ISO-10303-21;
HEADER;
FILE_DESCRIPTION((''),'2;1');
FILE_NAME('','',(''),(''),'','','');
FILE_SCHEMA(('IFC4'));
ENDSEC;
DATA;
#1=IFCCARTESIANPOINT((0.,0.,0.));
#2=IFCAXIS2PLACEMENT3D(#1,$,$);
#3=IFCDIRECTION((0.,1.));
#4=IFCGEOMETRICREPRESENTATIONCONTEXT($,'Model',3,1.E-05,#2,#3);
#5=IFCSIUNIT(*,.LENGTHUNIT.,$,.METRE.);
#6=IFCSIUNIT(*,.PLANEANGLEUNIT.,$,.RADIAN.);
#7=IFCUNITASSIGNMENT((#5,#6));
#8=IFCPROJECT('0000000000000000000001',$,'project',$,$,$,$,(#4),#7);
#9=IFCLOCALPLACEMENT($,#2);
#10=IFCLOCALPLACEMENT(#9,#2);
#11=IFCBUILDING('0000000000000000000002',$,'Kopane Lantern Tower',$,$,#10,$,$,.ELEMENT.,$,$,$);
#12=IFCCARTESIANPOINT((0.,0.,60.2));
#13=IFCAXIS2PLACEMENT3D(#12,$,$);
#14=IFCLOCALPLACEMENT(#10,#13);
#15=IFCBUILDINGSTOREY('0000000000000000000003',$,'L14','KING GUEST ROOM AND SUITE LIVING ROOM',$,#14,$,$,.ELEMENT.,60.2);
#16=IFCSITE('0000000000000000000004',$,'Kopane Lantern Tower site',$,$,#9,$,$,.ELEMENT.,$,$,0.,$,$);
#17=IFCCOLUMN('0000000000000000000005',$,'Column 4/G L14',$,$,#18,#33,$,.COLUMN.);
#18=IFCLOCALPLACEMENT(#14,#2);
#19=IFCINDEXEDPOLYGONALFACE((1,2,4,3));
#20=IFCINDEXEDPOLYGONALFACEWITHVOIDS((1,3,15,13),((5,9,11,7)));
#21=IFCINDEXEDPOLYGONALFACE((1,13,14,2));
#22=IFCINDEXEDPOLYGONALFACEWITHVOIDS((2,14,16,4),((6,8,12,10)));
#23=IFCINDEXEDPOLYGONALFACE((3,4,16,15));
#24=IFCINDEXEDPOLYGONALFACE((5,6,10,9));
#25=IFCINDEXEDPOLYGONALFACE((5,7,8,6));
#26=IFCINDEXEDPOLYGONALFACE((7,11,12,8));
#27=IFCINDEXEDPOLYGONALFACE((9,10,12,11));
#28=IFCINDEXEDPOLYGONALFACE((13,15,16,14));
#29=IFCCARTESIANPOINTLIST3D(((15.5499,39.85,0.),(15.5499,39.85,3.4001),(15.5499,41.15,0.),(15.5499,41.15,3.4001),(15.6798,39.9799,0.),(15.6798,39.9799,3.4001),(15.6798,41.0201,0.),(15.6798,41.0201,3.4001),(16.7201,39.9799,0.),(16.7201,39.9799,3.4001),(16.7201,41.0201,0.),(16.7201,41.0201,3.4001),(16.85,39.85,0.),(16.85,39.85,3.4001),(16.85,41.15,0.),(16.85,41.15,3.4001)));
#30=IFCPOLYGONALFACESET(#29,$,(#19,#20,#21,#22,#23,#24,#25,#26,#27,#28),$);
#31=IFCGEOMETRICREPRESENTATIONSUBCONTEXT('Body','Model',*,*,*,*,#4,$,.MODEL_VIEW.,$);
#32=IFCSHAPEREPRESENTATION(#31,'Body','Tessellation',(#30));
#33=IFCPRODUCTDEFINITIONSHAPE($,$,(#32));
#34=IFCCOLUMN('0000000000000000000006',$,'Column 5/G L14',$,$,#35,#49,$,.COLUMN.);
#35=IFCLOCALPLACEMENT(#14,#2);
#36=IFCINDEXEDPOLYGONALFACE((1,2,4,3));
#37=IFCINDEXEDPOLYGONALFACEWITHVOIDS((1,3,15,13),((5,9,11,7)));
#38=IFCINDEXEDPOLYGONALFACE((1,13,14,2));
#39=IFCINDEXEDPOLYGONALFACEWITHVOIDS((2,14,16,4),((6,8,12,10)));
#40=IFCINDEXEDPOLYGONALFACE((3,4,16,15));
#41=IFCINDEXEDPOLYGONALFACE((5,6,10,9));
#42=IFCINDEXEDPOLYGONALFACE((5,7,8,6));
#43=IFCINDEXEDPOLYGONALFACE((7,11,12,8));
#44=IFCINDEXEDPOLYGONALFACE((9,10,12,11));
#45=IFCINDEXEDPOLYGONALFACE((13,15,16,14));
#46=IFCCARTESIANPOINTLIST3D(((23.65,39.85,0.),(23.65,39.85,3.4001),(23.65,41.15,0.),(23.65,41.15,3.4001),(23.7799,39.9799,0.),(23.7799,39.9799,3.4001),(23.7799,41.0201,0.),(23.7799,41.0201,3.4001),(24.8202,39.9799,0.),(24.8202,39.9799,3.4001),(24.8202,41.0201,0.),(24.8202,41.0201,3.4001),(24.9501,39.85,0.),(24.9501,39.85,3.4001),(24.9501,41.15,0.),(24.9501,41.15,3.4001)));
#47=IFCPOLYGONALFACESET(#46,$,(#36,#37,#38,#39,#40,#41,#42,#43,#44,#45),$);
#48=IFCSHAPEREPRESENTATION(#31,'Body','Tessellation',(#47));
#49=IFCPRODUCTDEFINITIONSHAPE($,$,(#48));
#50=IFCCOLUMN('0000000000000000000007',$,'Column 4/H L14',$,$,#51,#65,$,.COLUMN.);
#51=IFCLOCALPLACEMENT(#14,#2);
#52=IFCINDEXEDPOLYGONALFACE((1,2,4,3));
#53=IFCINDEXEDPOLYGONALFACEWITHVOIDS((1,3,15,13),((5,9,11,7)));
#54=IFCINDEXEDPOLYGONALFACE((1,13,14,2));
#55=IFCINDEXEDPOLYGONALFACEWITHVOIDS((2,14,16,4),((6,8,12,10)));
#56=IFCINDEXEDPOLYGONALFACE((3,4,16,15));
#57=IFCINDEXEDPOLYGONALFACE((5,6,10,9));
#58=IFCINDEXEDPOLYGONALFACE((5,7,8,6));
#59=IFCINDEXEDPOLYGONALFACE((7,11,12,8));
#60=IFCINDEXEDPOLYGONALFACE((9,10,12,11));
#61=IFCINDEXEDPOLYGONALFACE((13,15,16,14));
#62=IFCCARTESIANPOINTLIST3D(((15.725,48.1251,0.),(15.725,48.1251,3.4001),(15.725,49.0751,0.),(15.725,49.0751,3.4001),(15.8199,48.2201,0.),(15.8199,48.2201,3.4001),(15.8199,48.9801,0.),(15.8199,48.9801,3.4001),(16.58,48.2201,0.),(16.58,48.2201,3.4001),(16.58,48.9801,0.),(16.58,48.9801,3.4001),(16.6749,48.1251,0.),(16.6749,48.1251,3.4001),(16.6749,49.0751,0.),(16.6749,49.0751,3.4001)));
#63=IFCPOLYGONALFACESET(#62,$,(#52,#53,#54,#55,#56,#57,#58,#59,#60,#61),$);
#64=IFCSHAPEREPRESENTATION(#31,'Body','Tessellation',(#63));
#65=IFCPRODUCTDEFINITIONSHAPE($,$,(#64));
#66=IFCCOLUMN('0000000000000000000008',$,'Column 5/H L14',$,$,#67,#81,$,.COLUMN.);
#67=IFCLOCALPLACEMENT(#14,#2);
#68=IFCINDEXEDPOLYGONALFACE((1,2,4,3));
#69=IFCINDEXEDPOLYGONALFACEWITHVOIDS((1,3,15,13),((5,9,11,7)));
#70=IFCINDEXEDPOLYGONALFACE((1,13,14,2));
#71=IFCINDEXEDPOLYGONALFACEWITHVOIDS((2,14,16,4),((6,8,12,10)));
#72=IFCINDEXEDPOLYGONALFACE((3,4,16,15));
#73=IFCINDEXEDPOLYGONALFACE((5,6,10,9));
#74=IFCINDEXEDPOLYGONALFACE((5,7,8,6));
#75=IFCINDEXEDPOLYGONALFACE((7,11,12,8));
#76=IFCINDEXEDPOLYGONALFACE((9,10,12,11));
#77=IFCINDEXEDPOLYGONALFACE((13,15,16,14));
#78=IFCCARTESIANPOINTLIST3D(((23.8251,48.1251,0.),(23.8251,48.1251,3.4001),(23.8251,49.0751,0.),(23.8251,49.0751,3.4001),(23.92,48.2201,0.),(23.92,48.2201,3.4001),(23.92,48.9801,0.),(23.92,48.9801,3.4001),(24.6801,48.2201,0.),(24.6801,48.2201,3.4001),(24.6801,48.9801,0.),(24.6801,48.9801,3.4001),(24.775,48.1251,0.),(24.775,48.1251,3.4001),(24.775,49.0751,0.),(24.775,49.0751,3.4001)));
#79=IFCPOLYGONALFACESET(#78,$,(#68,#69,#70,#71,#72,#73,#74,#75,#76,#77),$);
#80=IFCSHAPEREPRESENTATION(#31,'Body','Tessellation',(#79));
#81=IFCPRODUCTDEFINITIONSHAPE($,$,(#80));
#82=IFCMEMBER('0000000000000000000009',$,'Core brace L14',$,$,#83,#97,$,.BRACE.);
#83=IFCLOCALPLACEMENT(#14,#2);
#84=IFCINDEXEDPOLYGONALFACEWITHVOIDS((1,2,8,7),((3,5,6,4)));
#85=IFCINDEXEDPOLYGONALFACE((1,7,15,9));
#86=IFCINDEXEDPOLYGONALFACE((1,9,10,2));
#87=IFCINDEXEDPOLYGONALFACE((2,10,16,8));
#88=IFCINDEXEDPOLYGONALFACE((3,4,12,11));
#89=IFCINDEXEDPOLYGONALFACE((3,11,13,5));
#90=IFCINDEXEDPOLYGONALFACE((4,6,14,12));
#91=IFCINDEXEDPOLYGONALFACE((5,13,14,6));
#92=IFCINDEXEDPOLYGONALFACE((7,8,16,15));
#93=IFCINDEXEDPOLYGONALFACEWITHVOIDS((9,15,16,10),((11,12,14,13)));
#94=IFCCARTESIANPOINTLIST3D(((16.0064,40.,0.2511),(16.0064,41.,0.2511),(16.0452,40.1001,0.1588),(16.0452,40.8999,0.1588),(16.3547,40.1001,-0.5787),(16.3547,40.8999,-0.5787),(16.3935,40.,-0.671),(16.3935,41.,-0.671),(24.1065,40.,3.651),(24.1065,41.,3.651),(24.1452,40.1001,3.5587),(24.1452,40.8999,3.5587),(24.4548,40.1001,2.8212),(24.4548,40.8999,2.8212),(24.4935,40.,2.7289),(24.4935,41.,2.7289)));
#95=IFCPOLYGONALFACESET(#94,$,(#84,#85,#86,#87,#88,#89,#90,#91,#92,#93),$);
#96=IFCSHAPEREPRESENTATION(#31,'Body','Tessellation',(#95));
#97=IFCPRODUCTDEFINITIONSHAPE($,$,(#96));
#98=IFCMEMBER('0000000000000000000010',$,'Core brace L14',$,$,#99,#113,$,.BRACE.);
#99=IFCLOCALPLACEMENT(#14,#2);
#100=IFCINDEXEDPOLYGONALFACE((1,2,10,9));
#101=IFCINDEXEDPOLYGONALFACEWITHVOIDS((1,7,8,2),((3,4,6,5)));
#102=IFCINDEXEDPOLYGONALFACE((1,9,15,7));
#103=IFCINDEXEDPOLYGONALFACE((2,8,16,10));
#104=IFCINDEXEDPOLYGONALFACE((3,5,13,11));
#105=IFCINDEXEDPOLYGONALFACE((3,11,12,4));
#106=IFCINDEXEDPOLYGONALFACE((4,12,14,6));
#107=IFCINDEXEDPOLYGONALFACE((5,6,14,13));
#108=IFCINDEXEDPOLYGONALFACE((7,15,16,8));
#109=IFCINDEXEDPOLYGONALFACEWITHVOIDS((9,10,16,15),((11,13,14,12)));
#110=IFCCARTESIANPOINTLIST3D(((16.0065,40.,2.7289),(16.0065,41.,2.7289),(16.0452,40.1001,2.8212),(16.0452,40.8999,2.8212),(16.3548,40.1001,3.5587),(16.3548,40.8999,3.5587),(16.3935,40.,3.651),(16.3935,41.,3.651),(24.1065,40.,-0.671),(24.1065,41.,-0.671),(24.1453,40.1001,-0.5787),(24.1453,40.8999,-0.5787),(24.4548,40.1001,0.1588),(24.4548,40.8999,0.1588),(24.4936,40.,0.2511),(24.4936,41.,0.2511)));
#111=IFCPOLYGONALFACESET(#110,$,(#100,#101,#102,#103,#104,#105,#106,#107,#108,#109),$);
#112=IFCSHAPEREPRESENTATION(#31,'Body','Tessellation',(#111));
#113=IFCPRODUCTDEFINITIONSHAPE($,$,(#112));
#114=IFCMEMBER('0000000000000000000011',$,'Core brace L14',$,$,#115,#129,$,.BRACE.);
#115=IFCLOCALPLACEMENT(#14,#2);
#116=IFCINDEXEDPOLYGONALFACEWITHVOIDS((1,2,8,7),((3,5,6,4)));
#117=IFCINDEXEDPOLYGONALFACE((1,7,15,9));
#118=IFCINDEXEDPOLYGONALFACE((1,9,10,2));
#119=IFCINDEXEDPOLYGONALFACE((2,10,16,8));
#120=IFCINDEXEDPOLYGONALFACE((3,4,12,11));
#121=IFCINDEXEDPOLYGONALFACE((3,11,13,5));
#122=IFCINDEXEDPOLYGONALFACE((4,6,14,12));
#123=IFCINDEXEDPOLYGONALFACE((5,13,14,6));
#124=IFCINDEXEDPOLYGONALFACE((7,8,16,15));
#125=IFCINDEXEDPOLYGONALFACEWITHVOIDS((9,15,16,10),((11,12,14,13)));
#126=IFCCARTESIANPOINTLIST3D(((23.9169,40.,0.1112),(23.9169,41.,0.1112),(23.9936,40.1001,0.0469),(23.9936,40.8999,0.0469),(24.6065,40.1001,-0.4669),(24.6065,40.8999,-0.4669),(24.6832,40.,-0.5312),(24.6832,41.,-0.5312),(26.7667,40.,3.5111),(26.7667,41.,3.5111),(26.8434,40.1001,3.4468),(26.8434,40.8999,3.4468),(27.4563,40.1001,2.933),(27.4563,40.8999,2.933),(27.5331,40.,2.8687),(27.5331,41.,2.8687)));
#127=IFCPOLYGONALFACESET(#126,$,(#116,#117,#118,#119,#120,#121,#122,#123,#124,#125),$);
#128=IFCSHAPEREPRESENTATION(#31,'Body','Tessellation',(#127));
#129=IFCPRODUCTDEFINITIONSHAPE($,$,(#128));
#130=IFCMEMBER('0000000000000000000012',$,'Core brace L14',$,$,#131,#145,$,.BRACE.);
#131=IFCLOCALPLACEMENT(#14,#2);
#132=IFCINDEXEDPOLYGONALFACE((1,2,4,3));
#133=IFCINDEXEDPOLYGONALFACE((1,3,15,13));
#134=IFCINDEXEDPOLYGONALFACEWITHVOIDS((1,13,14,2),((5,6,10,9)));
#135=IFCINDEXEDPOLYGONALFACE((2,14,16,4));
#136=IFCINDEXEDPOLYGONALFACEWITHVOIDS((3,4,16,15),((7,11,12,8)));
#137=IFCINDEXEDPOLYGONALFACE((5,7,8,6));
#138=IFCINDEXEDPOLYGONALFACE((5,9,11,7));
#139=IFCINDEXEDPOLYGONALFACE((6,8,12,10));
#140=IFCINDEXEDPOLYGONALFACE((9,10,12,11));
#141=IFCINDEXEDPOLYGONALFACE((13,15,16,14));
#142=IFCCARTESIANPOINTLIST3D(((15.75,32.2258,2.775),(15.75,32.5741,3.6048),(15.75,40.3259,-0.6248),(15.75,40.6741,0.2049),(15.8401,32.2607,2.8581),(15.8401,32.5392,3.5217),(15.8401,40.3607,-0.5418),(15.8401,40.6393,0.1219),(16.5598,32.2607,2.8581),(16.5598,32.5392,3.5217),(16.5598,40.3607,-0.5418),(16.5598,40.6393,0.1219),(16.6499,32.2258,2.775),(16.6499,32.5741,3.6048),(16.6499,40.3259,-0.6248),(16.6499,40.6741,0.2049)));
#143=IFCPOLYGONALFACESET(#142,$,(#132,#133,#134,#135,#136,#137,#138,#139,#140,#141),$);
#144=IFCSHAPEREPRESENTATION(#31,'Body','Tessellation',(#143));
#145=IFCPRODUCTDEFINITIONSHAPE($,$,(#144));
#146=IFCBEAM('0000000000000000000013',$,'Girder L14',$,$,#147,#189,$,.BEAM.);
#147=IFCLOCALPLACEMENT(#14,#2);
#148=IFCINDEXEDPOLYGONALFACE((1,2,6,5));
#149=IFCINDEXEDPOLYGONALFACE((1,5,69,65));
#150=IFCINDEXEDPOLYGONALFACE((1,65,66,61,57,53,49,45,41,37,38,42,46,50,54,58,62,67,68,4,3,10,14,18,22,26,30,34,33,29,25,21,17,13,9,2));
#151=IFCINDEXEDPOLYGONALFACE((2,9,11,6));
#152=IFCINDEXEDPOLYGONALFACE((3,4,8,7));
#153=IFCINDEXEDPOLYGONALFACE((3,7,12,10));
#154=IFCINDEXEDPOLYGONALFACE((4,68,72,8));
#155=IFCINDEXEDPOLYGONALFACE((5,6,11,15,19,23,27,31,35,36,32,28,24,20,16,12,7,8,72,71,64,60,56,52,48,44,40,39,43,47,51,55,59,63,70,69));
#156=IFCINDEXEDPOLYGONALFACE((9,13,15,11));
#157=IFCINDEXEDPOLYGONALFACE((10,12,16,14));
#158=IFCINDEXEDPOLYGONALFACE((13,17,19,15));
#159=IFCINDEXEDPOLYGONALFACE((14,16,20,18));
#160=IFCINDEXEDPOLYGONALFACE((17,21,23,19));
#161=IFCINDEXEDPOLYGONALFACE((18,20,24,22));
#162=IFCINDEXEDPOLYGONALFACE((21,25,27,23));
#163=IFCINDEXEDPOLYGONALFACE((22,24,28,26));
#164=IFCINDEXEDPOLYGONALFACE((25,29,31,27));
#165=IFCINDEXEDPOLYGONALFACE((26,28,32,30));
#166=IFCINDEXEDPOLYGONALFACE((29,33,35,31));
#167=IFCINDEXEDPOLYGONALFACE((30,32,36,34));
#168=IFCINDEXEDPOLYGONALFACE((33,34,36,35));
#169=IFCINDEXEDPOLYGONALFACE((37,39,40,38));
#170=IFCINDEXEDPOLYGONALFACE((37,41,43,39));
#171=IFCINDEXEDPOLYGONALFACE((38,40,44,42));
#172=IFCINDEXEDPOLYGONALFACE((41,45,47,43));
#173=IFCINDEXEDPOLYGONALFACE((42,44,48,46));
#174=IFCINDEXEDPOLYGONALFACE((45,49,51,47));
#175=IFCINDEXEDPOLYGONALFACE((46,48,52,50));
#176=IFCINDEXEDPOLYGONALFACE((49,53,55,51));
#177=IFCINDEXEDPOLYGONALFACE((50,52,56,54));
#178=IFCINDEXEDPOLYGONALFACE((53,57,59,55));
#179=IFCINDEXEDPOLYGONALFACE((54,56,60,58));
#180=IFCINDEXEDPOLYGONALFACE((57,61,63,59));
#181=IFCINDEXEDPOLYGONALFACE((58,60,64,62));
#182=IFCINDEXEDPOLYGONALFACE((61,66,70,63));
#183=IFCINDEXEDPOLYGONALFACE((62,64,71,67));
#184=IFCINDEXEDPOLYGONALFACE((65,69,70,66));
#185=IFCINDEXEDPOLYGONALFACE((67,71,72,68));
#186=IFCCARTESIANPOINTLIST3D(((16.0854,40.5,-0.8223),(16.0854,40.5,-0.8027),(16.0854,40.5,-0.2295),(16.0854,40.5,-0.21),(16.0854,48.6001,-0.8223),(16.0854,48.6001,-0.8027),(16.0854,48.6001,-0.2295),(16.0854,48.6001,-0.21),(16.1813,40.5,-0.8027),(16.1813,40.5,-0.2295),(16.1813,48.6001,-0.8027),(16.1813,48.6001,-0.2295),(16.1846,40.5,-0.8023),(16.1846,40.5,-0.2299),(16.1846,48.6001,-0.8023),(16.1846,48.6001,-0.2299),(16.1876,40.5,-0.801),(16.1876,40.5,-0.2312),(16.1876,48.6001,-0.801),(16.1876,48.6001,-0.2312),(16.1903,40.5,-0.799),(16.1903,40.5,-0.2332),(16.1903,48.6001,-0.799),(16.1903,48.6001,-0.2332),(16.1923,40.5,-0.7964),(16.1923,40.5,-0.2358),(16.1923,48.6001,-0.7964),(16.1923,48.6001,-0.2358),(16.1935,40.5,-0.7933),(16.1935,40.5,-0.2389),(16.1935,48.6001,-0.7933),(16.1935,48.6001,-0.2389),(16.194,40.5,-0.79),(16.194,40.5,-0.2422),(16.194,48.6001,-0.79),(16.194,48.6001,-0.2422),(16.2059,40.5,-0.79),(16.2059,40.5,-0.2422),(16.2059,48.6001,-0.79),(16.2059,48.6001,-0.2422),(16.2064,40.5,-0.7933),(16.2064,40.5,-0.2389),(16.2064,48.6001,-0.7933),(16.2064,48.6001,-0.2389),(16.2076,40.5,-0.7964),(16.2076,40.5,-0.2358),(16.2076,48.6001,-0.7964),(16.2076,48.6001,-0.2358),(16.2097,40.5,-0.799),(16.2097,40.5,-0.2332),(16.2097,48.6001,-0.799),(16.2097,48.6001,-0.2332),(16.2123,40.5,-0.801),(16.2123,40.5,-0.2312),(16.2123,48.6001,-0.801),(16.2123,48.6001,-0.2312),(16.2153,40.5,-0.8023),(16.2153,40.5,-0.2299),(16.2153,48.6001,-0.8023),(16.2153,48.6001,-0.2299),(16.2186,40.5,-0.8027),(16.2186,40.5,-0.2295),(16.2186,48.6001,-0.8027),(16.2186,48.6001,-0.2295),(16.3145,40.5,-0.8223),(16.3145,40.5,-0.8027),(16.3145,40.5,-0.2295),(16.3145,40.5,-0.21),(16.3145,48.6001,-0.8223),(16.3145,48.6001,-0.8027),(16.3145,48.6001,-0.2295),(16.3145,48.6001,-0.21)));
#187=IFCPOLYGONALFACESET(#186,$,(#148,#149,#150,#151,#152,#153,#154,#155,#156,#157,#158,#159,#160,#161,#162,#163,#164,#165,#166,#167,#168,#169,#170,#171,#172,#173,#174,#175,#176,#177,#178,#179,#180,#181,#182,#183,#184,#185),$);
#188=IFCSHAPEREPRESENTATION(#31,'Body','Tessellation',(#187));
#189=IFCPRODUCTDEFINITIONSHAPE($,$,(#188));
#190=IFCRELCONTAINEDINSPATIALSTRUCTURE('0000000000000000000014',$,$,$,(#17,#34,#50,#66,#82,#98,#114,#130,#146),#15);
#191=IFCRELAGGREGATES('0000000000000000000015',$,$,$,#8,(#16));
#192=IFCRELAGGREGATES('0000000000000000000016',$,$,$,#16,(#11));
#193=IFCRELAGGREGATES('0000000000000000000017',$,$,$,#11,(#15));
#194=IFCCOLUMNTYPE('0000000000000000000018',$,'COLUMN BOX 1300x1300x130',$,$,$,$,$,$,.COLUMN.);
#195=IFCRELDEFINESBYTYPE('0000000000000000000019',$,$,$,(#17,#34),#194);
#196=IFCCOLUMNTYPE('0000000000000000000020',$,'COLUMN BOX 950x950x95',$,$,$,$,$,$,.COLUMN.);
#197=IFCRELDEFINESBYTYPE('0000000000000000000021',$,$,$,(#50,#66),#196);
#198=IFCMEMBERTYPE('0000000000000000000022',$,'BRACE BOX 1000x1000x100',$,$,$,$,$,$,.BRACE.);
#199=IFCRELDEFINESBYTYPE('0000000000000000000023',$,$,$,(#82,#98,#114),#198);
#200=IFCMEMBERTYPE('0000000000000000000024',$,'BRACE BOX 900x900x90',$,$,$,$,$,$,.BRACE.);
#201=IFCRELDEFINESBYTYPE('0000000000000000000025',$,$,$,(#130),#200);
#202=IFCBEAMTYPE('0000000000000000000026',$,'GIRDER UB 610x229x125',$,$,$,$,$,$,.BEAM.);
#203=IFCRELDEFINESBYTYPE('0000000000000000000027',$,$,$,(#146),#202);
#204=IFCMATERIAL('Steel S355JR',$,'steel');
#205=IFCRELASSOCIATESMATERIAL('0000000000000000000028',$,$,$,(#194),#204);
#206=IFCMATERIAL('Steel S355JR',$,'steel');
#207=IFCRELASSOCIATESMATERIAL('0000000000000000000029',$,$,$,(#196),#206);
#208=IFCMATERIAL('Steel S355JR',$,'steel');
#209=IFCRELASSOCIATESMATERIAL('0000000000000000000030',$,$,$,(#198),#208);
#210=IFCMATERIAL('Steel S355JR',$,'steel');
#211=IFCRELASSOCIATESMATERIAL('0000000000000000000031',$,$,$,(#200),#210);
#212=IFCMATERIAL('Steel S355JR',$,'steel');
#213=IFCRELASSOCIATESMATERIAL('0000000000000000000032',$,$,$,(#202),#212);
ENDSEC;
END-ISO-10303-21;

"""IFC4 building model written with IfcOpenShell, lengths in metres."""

from ifc_helpers import new_model, si_unit, direction, frame, origin, origin_2d, place, context, subcontext, project, spatial, hollow_rectangle, i_section, extrude, material, material_profile, profile_set, type_object, element, save


model = new_model("IFC4")

# Units and contexts
model_context = context("Model", 3, precision=1e-05, world=origin(), true_north=direction((0.0, 1.0)))
body_context = subcontext(model_context, "Body", "Model", "MODEL_VIEW")
ifc_project = project(units=[si_unit("LENGTHUNIT", "METRE"), si_unit("PLANEANGLEUNIT", "RADIAN")], contexts=[model_context])

# Site, building, storey
site_placement = place(None, origin())
site = spatial("IfcSite", under=ifc_project, at=site_placement, Name="Kopane Lantern Tower site", CompositionType="ELEMENT", RefElevation=0.0)
building_placement = place(site_placement, origin())
building = spatial("IfcBuilding", under=site, at=building_placement, Name="Kopane Lantern Tower", CompositionType="ELEMENT")
storey_placement = place(building_placement, frame((0.0, 0.0, 60.2)))
storey = spatial("IfcBuildingStorey", under=building, at=storey_placement, Name="L14", Description="KING GUEST ROOM AND SUITE LIVING ROOM", CompositionType="ELEMENT", Elevation=60.2)

# Columns
ifc_material_1 = material(Name="Steel S355JR", Category="steel")
ifc_material_profile_1 = material_profile(ifc_material_1, hollow_rectangle(XDim=1.3, YDim=1.3, WallThickness=0.1299, at=origin_2d()), Name="BOX 1300x1300x130")
ifc_profile_set_1 = profile_set([ifc_material_profile_1], Name="Steel S355JR")
column_type_1 = type_object("IfcColumnType", Name="COLUMN BOX 1300x1300x130", PredefinedType="COLUMN", material=ifc_profile_set_1)
for number, where, z_axis, x_axis, name in (
    (1, (16.2, 40.5, 0.0), (0.0, 0.0, 1.0), (1.0, 0.0, 0.0), "Column 4/G L14"),
    (2, (24.3, 40.5, 0.0), (0.0, 0.0, 1.0), (1.0, 0.0, 0.0), "Column 5/G L14"),
):
    element("IfcColumn", number, at=place(storey_placement, frame(where, z_axis=z_axis, x_axis=x_axis)), inside=storey, type_object=column_type_1, Name=name, PredefinedType="COLUMN", context=body_context, shape_type="SweptSolid", body=[
        extrude(hollow_rectangle(XDim=1.3, YDim=1.3, WallThickness=0.1299, at=origin_2d()), origin(), (0.0, 0.0, 1.0), 3.4001),
    ])
ifc_material_2 = material(Name="Steel S355JR", Category="steel")
ifc_material_profile_2 = material_profile(ifc_material_2, hollow_rectangle(XDim=0.95, YDim=0.95, WallThickness=0.095, at=origin_2d()), Name="BOX 950x950x95")
ifc_profile_set_2 = profile_set([ifc_material_profile_2], Name="Steel S355JR")
column_type_2 = type_object("IfcColumnType", Name="COLUMN BOX 950x950x95", PredefinedType="COLUMN", material=ifc_profile_set_2)
for number, where, z_axis, x_axis, name in (
    (3, (16.2, 48.6001, 0.0), (0.0, 0.0, 1.0), (1.0, 0.0, 0.0), "Column 4/H L14"),
    (4, (24.3, 48.6001, 0.0), (0.0, 0.0, 1.0), (1.0, 0.0, 0.0), "Column 5/H L14"),
):
    element("IfcColumn", number, at=place(storey_placement, frame(where, z_axis=z_axis, x_axis=x_axis)), inside=storey, type_object=column_type_2, Name=name, PredefinedType="COLUMN", context=body_context, shape_type="SweptSolid", body=[
        extrude(hollow_rectangle(XDim=0.95, YDim=0.95, WallThickness=0.095, at=origin_2d()), origin(), (0.0, 0.0, 1.0), 3.4001),
    ])

# Members
ifc_material_3 = material(Name="Steel S355JR", Category="steel")
ifc_material_profile_3 = material_profile(ifc_material_3, hollow_rectangle(XDim=1.0, YDim=1.0, WallThickness=0.1001, at=origin_2d()), Name="BOX 1000x1000x100")
ifc_profile_set_3 = profile_set([ifc_material_profile_3], Name="Steel S355JR")
member_type_1 = type_object("IfcMemberType", Name="BRACE BOX 1000x1000x100", PredefinedType="BRACE", material=ifc_profile_set_3)
for number, where, z_axis, x_axis, name in (
    (5, (16.2, 40.5, -0.21), (0.922069, 0.0, 0.387026), (0.0, 1.0, 0.0), "Core brace L14"),
    (6, (24.3, 40.5, -0.21), (-0.922069, 0.0, 0.387026), (0.0, -1.0, 0.0), "Core brace L14"),
):
    element("IfcMember", number, at=place(storey_placement, frame(where, z_axis=z_axis, x_axis=x_axis)), inside=storey, type_object=member_type_1, Name=name, PredefinedType="BRACE", context=body_context, shape_type="SweptSolid", body=[
        extrude(hollow_rectangle(XDim=1.0, YDim=1.0, WallThickness=0.1001, at=origin_2d()), origin(), (0.0, 0.0, 1.0), 8.7847),
    ])
member_1_placement = place(storey_placement, frame((24.3, 40.5, -0.21), z_axis=(0.64239, 0.0, 0.766378), x_axis=(0.0, 1.0, 0.0)))
element("IfcMember", 7, at=member_1_placement, inside=storey, type_object=member_type_1, Name="Core brace L14", PredefinedType="BRACE", context=body_context, shape_type="SweptSolid", body=[
    extrude(hollow_rectangle(XDim=1.0, YDim=1.0, WallThickness=0.1001, at=origin_2d()), origin(), (0.0, 0.0, 1.0), 4.4363),
])
ifc_material_4 = material(Name="Steel S355JR", Category="steel")
ifc_material_profile_4 = material_profile(ifc_material_4, hollow_rectangle(XDim=0.8999, YDim=0.8999, WallThickness=0.0901, at=origin_2d()), Name="BOX 900x900x90")
ifc_profile_set_4 = profile_set([ifc_material_profile_4], Name="Steel S355JR")
member_type_2 = type_object("IfcMemberType", Name="BRACE BOX 900x900x90", PredefinedType="BRACE", material=ifc_profile_set_4)
member_2_placement = place(storey_placement, frame((16.2, 40.5, -0.21), z_axis=(0.0, -0.922069, 0.387026), x_axis=(1.0, 0.0, 0.0)))
element("IfcMember", 8, at=member_2_placement, inside=storey, type_object=member_type_2, Name="Core brace L14", PredefinedType="BRACE", context=body_context, shape_type="SweptSolid", body=[
    extrude(hollow_rectangle(XDim=0.8999, YDim=0.8999, WallThickness=0.0901, at=origin_2d()), origin(), (0.0, 0.0, 1.0), 8.7847),
])

# Beam
ifc_material_5 = material(Name="Steel S355JR", Category="steel")
ifc_material_profile_5 = material_profile(ifc_material_5, i_section(OverallWidth=0.229, OverallDepth=0.6123, WebThickness=0.012, FlangeThickness=0.0195, FilletRadius=0.0127, at=origin_2d()), Name="UB 610x229x125")
ifc_profile_set_5 = profile_set([ifc_material_profile_5], Name="Steel S355JR")
beam_type_1 = type_object("IfcBeamType", Name="GIRDER UB 610x229x125", PredefinedType="BEAM", material=ifc_profile_set_5)
for number, where, z_axis, x_axis, name in (
    (9, (16.2, 40.5, -0.5161), (0.0, 1.0, 0.0), (-1.0, 0.0, 0.0), "Girder L14"),
):
    element("IfcBeam", number, at=place(storey_placement, frame(where, z_axis=z_axis, x_axis=x_axis)), inside=storey, type_object=beam_type_1, Name=name, PredefinedType="BEAM", context=body_context, shape_type="SweptSolid", body=[
        extrude(i_section(OverallWidth=0.229, OverallDepth=0.6123, WebThickness=0.012, FlangeThickness=0.0195, FilletRadius=0.0127, at=origin_2d()), origin(), (0.0, 0.0, 1.0), 8.1001),
    ])

save(model, "model.ifc")
